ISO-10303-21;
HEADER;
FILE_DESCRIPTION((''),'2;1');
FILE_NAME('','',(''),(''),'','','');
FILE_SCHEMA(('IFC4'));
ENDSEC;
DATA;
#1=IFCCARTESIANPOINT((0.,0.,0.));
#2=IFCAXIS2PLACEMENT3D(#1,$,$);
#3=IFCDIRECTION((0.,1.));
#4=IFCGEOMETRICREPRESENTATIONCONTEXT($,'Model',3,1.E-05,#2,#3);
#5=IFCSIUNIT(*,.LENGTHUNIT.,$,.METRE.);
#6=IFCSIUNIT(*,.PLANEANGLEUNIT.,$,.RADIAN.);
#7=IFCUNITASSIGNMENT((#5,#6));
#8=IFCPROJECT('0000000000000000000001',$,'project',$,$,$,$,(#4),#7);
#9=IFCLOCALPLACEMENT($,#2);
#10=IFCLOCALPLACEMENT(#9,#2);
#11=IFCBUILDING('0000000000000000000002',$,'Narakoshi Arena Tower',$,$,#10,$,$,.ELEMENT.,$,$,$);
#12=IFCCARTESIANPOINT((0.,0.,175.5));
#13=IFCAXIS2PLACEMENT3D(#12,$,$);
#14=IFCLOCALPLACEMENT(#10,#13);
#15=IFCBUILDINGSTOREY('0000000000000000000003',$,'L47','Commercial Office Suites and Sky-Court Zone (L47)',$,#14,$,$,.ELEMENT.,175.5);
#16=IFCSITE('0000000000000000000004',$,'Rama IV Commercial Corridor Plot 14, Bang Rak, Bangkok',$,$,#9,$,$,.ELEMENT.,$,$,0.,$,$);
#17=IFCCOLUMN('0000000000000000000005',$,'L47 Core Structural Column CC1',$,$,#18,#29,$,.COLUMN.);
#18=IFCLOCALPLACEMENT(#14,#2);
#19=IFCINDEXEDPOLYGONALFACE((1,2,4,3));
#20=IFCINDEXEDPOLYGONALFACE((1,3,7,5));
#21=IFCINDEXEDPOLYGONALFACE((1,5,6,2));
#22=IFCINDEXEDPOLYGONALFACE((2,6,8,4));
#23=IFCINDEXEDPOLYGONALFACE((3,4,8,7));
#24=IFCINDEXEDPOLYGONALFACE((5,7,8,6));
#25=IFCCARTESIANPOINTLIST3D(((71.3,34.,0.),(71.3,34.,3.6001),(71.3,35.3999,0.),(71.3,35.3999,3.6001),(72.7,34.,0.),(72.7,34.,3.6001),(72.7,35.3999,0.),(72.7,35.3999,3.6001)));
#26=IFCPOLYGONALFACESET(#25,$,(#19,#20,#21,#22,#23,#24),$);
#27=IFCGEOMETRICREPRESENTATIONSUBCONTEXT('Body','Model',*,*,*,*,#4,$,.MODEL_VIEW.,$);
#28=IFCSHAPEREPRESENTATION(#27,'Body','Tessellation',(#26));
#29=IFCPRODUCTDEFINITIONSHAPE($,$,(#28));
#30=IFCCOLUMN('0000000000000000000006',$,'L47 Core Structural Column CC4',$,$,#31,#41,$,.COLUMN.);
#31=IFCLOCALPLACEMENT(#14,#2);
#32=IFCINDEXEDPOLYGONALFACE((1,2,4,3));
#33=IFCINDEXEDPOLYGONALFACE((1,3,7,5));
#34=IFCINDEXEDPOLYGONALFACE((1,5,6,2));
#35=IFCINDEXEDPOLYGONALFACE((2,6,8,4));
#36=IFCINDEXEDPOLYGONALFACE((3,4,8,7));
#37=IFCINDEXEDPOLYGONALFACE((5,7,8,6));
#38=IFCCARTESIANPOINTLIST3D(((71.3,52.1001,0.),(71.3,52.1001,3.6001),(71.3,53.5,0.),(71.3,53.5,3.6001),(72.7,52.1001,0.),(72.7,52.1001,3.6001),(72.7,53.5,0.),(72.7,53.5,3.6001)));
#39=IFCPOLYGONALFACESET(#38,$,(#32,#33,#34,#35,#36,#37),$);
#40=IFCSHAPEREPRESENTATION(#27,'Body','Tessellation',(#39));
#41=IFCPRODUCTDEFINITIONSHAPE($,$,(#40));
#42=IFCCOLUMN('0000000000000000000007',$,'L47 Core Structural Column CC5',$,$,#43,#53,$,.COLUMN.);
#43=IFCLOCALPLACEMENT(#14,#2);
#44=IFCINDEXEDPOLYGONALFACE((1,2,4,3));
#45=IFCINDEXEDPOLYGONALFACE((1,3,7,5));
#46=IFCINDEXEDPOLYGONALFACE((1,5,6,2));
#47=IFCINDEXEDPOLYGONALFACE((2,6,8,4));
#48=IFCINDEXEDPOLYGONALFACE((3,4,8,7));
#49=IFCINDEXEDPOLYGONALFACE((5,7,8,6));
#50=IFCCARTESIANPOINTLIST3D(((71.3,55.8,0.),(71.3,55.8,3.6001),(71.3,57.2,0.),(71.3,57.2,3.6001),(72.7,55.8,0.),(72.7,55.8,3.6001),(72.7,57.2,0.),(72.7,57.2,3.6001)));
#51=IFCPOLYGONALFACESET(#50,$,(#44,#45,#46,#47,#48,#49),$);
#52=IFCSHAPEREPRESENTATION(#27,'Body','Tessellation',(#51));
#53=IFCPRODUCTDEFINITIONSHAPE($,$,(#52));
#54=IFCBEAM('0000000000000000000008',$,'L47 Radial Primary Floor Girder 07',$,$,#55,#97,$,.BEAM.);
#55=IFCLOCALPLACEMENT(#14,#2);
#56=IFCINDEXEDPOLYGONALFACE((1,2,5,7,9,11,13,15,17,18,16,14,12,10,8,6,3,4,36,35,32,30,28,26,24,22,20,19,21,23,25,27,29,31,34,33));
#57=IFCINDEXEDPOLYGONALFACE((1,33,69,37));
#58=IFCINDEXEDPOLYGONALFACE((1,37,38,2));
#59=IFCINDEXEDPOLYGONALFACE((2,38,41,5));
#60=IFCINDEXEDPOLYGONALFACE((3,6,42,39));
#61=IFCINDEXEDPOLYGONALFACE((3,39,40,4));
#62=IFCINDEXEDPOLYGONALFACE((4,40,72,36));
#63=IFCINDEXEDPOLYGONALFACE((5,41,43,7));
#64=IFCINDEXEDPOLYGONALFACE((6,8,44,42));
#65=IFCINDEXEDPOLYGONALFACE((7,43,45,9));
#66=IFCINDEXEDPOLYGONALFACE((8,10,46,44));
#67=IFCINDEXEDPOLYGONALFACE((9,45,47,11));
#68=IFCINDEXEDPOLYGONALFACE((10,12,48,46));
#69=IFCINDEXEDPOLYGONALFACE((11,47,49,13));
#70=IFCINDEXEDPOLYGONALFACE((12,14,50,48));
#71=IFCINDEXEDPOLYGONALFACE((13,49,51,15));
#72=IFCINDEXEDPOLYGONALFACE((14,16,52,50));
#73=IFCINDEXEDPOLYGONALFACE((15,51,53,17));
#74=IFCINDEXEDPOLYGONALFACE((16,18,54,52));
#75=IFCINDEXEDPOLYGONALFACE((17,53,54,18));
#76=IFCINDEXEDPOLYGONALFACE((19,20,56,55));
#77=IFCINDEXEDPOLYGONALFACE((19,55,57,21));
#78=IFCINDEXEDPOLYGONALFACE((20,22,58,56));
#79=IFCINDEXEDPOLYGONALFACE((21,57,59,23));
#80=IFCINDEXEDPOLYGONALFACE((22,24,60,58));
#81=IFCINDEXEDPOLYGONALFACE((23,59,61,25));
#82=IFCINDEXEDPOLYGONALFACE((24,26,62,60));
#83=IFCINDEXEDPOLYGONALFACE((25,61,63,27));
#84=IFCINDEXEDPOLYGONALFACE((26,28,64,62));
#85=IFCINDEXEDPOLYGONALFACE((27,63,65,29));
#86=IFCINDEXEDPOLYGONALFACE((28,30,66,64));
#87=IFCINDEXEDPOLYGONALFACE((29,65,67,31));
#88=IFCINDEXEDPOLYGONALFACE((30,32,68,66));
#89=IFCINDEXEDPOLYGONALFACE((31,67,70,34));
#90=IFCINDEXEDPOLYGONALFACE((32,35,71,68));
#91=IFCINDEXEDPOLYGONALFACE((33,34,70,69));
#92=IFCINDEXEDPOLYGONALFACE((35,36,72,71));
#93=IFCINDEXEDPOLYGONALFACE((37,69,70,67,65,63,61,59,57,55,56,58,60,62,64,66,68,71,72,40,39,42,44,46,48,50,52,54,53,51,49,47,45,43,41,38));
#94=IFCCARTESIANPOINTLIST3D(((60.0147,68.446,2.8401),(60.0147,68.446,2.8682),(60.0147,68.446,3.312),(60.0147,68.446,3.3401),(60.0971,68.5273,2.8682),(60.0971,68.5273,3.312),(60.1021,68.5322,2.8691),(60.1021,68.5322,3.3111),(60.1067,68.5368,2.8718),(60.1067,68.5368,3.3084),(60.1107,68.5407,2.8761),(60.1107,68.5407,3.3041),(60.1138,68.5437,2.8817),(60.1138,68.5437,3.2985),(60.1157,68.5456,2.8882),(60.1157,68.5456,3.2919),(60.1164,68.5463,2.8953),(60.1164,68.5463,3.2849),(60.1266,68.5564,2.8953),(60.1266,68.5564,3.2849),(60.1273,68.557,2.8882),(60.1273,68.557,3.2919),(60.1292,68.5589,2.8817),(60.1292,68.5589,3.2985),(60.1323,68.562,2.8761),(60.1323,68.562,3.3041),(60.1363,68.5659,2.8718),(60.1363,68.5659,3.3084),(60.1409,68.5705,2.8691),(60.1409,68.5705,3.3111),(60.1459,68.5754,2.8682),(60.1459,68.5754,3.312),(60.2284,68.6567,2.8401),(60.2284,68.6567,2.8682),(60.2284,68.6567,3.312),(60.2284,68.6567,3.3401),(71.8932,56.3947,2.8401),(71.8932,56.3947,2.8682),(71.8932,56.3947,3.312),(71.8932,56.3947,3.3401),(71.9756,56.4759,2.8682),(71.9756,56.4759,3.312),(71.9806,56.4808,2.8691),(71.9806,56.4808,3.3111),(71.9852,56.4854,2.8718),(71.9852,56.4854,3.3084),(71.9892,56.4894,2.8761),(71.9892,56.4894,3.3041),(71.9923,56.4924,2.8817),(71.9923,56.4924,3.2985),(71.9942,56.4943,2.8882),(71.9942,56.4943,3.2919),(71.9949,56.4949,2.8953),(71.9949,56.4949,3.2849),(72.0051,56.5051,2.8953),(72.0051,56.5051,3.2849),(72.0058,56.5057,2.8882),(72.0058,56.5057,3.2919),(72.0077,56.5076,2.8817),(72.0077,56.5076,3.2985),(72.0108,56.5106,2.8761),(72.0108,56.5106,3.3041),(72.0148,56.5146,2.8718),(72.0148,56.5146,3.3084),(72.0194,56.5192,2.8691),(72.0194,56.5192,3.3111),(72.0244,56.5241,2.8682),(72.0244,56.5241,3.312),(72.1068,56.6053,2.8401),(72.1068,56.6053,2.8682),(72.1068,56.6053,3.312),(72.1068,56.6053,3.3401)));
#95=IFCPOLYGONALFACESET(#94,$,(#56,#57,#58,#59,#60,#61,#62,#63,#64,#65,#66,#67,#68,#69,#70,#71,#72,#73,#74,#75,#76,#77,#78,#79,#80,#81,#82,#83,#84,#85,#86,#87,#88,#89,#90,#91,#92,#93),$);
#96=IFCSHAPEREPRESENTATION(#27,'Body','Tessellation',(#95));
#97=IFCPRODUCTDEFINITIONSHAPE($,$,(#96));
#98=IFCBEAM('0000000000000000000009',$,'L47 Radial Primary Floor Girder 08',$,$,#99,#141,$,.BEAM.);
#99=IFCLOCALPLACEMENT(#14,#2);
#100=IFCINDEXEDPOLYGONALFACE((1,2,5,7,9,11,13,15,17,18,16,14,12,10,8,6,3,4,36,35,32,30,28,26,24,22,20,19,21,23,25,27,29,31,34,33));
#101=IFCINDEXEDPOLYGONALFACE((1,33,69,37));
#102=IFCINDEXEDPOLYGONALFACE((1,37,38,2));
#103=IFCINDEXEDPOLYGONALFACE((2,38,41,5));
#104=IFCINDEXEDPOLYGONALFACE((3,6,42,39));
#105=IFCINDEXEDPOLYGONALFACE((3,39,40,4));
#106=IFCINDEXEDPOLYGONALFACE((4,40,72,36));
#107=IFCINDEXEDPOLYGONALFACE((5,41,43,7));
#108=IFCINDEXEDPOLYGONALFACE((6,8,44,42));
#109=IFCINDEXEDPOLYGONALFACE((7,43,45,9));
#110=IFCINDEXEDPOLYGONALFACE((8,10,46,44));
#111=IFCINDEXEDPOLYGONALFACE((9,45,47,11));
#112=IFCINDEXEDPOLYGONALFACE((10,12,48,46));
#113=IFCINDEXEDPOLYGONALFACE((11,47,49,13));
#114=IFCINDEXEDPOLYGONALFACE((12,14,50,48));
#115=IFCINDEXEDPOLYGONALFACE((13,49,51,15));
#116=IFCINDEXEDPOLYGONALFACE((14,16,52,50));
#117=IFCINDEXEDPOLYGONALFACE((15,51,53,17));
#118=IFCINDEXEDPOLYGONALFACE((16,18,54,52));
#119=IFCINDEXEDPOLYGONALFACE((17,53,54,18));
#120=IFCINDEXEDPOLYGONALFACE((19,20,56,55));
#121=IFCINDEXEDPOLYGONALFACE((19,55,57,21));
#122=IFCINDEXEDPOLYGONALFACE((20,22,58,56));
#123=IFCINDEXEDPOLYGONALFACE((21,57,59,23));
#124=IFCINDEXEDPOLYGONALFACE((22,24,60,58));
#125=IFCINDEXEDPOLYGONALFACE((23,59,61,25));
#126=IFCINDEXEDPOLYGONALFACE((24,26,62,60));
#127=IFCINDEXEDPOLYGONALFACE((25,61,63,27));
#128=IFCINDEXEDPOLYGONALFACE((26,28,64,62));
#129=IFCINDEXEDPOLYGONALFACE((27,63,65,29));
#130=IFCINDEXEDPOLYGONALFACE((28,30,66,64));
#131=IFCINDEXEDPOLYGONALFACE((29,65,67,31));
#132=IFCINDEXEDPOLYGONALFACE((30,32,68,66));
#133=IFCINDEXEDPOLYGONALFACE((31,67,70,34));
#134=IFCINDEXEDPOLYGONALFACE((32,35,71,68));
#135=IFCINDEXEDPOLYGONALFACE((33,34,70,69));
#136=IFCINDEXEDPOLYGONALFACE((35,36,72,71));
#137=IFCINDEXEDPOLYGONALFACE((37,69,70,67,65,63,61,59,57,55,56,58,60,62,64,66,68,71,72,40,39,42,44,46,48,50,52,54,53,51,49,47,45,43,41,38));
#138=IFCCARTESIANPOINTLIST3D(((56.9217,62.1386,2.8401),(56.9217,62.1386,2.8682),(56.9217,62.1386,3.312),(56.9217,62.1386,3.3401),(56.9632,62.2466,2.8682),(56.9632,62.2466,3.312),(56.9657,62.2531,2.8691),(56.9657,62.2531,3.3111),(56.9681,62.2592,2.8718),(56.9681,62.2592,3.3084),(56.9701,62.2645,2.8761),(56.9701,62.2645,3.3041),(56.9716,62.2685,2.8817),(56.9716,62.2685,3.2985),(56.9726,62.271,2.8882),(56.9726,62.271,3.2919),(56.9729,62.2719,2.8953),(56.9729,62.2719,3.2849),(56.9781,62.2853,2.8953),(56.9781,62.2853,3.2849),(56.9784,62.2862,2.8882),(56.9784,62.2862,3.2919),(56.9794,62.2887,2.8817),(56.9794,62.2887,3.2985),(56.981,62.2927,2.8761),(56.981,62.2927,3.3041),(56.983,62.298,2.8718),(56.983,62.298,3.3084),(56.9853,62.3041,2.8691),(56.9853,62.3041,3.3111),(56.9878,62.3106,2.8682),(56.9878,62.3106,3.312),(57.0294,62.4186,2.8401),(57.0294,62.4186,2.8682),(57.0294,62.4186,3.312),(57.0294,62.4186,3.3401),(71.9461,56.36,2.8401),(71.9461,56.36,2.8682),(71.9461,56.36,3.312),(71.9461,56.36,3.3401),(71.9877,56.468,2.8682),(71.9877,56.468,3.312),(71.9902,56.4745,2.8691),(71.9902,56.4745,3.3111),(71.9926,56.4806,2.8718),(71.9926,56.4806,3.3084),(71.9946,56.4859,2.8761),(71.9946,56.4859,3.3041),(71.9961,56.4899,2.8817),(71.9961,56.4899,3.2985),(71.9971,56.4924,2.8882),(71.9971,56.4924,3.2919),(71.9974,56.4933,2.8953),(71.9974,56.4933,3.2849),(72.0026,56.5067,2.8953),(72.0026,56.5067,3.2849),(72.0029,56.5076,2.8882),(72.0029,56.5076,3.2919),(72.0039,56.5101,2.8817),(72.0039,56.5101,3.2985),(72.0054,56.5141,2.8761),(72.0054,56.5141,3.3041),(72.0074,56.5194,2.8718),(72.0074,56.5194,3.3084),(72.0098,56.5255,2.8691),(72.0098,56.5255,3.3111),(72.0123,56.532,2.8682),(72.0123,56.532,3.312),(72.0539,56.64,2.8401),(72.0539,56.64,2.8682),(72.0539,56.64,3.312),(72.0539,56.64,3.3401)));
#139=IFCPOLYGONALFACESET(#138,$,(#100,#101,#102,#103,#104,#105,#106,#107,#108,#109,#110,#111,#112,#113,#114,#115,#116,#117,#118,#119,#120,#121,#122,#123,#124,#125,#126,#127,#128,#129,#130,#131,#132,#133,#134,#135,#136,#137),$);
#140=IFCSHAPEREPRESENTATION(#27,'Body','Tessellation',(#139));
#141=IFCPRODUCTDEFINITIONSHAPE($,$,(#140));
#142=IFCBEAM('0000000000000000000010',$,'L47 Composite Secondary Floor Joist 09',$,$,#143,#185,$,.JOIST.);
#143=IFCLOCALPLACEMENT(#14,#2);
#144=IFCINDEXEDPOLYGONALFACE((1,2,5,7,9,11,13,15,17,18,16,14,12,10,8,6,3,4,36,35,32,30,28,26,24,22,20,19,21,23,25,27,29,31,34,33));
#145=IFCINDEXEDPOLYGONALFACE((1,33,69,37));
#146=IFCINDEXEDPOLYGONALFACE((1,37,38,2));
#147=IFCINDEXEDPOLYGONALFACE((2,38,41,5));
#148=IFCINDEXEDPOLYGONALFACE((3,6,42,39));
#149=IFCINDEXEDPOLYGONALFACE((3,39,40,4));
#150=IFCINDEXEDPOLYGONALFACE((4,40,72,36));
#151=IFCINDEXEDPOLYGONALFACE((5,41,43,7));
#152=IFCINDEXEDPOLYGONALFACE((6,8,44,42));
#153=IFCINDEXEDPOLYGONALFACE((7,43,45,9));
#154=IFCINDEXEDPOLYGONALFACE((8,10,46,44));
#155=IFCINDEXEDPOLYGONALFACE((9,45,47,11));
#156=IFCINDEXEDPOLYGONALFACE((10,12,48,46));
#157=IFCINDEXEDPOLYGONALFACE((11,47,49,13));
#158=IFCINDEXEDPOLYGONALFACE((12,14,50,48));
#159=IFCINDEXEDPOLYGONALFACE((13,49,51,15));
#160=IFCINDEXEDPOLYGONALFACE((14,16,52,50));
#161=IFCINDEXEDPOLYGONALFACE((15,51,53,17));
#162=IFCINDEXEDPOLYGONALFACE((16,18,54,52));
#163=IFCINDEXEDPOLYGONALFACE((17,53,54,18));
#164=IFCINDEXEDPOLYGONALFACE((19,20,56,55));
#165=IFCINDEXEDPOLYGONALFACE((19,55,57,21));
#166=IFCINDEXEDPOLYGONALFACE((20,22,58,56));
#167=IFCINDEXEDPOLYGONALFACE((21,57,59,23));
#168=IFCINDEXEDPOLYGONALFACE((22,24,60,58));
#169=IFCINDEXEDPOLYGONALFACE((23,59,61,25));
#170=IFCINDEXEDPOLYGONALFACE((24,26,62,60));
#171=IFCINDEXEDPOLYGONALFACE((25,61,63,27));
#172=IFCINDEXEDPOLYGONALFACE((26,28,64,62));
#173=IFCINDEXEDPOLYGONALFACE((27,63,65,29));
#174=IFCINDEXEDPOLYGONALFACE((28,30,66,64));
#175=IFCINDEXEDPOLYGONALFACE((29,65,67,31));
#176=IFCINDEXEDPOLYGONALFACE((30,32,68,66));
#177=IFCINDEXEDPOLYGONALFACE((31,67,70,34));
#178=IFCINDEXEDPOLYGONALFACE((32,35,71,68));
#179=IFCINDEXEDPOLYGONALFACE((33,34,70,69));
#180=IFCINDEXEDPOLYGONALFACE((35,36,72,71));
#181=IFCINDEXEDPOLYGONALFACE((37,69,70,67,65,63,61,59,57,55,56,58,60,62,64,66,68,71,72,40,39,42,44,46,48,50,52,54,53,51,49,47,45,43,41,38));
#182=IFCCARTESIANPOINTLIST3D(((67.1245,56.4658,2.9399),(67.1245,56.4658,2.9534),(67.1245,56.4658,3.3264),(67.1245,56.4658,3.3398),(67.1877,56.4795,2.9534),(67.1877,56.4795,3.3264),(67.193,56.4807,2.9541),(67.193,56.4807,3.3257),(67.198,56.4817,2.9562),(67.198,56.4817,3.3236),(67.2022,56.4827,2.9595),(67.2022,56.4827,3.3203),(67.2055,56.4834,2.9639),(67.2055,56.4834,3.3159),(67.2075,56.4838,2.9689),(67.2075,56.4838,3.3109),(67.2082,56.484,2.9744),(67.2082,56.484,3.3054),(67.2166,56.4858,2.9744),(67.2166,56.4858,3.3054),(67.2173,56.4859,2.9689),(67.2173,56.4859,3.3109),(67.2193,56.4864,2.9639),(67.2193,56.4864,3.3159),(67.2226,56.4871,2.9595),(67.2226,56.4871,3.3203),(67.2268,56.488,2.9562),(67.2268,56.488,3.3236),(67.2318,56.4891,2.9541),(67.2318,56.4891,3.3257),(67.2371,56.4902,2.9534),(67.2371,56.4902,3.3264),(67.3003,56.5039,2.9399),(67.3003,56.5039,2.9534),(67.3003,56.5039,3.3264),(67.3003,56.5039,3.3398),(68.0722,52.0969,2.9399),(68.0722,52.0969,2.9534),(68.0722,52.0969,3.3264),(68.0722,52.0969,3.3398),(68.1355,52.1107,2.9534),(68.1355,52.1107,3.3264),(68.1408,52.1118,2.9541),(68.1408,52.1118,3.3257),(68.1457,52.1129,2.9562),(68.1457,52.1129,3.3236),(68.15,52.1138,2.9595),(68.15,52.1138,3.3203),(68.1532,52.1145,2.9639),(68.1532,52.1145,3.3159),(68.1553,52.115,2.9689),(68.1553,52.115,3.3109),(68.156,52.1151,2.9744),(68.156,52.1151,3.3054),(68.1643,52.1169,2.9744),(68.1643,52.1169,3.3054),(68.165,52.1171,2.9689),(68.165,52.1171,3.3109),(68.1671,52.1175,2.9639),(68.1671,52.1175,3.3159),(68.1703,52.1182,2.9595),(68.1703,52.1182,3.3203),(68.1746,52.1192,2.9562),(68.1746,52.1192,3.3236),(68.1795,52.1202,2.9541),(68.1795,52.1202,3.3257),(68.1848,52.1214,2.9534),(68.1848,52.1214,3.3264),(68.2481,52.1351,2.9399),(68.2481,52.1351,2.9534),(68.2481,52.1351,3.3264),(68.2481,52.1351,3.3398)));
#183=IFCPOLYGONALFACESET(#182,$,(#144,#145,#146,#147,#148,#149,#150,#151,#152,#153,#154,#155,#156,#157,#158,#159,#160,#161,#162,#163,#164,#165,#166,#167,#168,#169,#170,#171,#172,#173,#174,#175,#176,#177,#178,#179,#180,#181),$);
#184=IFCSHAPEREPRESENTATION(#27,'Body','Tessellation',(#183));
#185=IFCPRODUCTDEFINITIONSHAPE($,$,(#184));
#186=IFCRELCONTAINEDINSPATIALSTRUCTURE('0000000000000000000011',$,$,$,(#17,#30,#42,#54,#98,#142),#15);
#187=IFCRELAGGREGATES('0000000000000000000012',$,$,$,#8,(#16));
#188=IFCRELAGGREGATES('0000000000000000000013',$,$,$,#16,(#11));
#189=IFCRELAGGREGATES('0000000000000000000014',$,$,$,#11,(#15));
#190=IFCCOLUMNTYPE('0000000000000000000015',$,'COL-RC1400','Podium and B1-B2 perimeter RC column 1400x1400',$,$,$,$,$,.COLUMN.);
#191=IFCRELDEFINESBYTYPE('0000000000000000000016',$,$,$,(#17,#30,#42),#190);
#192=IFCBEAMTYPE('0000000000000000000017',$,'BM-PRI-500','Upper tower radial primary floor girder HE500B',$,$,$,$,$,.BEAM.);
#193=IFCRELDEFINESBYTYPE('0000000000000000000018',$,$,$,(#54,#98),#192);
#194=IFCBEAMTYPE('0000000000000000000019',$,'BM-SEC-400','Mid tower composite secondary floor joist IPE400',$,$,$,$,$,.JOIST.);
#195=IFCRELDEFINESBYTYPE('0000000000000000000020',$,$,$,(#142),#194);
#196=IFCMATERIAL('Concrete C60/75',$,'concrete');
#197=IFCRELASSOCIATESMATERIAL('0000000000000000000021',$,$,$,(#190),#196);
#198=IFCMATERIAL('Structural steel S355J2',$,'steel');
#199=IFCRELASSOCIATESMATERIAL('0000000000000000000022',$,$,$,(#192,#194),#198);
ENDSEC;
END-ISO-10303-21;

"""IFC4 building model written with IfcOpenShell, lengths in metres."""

from ifc_helpers import new_model, si_unit, direction, frame, origin, origin_2d, place, context, subcontext, project, spatial, rectangle, i_section, extrude, material, material_profile, profile_set, type_object, element, save


model = new_model("IFC4")

# Units and contexts
model_context = context("Model", 3, precision=1e-05, world=origin(), true_north=direction((0.0, 1.0)))
body_context = subcontext(model_context, "Body", "Model", "MODEL_VIEW")
ifc_project = project(units=[si_unit("LENGTHUNIT", "METRE"), si_unit("PLANEANGLEUNIT", "RADIAN")], contexts=[model_context])

# Site, building, storey
site_placement = place(None, origin())
site = spatial("IfcSite", under=ifc_project, at=site_placement, Name="Rama IV Commercial Corridor Plot 14, Bang Rak, Bangkok", CompositionType="ELEMENT", RefElevation=0.0)
building_placement = place(site_placement, origin())
building = spatial("IfcBuilding", under=site, at=building_placement, Name="Narakoshi Arena Tower", CompositionType="ELEMENT")
storey_placement = place(building_placement, frame((0.0, 0.0, 175.5)))
storey = spatial("IfcBuildingStorey", under=building, at=storey_placement, Name="L47", Description="Commercial Office Suites and Sky-Court Zone (L47)", CompositionType="ELEMENT", Elevation=175.5)

# Columns
ifc_material_1 = material(Name="Concrete C60/75", Category="concrete")
ifc_material_profile_1 = material_profile(ifc_material_1, rectangle(XDim=1.3999, YDim=1.3999, at=origin_2d()), Name="RC1400x1400")
ifc_profile_set_1 = profile_set([ifc_material_profile_1], Name="Concrete C60/75")
column_type = type_object("IfcColumnType", Name="COL-RC1400", Description="Podium and B1-B2 perimeter RC column 1400x1400", PredefinedType="COLUMN", material=ifc_profile_set_1)
for number, where, z_axis, x_axis, name in (
    (1, (72.0, 34.7, 0.0), (0.0, 0.0, 1.0), (1.0, 0.0, 0.0), "L47 Core Structural Column CC1"),
    (2, (72.0, 52.8, 0.0), (0.0, 0.0, 1.0), (1.0, 0.0, 0.0), "L47 Core Structural Column CC4"),
    (3, (72.0, 56.5, 0.0), (0.0, 0.0, 1.0), (1.0, 0.0, 0.0), "L47 Core Structural Column CC5"),
):
    element("IfcColumn", number, at=place(storey_placement, frame(where, z_axis=z_axis, x_axis=x_axis)), inside=storey, type_object=column_type, Name=name, PredefinedType="COLUMN", context=body_context, shape_type="SweptSolid", body=[
        extrude(rectangle(XDim=1.3999, YDim=1.3999, at=origin_2d()), origin(), (0.0, 0.0, 1.0), 3.6001),
    ])

# Beams
ifc_material_2 = material(Name="Structural steel S355J2", Category="steel")
ifc_material_profile_2 = material_profile(ifc_material_2, i_section(OverallWidth=0.3, OverallDepth=0.5, WebThickness=0.0144, FlangeThickness=0.0281, FilletRadius=0.0271, at=origin_2d()), Name="HE500B")
ifc_profile_set_2 = profile_set([ifc_material_profile_2], Name="Structural steel S355J2")
beam_type_1 = type_object("IfcBeamType", Name="BM-PRI-500", Description="Upper tower radial primary floor girder HE500B", PredefinedType="BEAM", material=ifc_profile_set_2)
beam_1_placement = place(storey_placement, frame((72.0, 56.5, 3.0901), z_axis=(-0.701981, 0.712196, 0.0), x_axis=(-0.712196, -0.701981, 0.0)))
element("IfcBeam", 4, at=beam_1_placement, inside=storey, type_object=beam_type_1, Name="L47 Radial Primary Floor Girder 07", PredefinedType="BEAM", context=body_context, shape_type="SweptSolid", body=[
    extrude(i_section(OverallWidth=0.3, OverallDepth=0.5, WebThickness=0.0144, FlangeThickness=0.0281, FilletRadius=0.0271, at=origin_2d()), origin(), (0.0, 0.0, 1.0), 16.9214),
])
beam_2_placement = place(storey_placement, frame((72.0, 56.5, 3.0901), z_axis=(-0.933347, 0.358976, 0.0), x_axis=(-0.358976, -0.933347, 0.0)))
element("IfcBeam", 5, at=beam_2_placement, inside=storey, type_object=beam_type_1, Name="L47 Radial Primary Floor Girder 08", PredefinedType="BEAM", context=body_context, shape_type="SweptSolid", body=[
    extrude(i_section(OverallWidth=0.3, OverallDepth=0.5, WebThickness=0.0144, FlangeThickness=0.0281, FilletRadius=0.0271, at=origin_2d()), origin(), (0.0, 0.0, 1.0), 16.0974),
])
ifc_material_profile_3 = material_profile(ifc_material_2, i_section(OverallWidth=0.1799, OverallDepth=0.3999, WebThickness=0.0085, FlangeThickness=0.0134, FilletRadius=0.021, at=origin_2d()), Name="IPE400")
ifc_profile_set_3 = profile_set([ifc_material_profile_3], Name="Structural steel S355J2")
beam_type_2 = type_object("IfcBeamType", Name="BM-SEC-400", Description="Mid tower composite secondary floor joist IPE400", PredefinedType="JOIST", material=ifc_profile_set_3)
beam_3_placement = place(storey_placement, frame((67.2124, 56.4849, 3.1399), z_axis=(0.212001, -0.977269, 0.0), x_axis=(0.977269, 0.212001, 0.0)))
element("IfcBeam", 6, at=beam_3_placement, inside=storey, type_object=beam_type_2, Name="L47 Composite Secondary Floor Joist 09", PredefinedType="JOIST", context=body_context, shape_type="SweptSolid", body=[
    extrude(i_section(OverallWidth=0.1799, OverallDepth=0.3999, WebThickness=0.0085, FlangeThickness=0.0134, FilletRadius=0.021, at=origin_2d()), origin(), (0.0, 0.0, 1.0), 4.4705),
])

save(model, "model.ifc")
